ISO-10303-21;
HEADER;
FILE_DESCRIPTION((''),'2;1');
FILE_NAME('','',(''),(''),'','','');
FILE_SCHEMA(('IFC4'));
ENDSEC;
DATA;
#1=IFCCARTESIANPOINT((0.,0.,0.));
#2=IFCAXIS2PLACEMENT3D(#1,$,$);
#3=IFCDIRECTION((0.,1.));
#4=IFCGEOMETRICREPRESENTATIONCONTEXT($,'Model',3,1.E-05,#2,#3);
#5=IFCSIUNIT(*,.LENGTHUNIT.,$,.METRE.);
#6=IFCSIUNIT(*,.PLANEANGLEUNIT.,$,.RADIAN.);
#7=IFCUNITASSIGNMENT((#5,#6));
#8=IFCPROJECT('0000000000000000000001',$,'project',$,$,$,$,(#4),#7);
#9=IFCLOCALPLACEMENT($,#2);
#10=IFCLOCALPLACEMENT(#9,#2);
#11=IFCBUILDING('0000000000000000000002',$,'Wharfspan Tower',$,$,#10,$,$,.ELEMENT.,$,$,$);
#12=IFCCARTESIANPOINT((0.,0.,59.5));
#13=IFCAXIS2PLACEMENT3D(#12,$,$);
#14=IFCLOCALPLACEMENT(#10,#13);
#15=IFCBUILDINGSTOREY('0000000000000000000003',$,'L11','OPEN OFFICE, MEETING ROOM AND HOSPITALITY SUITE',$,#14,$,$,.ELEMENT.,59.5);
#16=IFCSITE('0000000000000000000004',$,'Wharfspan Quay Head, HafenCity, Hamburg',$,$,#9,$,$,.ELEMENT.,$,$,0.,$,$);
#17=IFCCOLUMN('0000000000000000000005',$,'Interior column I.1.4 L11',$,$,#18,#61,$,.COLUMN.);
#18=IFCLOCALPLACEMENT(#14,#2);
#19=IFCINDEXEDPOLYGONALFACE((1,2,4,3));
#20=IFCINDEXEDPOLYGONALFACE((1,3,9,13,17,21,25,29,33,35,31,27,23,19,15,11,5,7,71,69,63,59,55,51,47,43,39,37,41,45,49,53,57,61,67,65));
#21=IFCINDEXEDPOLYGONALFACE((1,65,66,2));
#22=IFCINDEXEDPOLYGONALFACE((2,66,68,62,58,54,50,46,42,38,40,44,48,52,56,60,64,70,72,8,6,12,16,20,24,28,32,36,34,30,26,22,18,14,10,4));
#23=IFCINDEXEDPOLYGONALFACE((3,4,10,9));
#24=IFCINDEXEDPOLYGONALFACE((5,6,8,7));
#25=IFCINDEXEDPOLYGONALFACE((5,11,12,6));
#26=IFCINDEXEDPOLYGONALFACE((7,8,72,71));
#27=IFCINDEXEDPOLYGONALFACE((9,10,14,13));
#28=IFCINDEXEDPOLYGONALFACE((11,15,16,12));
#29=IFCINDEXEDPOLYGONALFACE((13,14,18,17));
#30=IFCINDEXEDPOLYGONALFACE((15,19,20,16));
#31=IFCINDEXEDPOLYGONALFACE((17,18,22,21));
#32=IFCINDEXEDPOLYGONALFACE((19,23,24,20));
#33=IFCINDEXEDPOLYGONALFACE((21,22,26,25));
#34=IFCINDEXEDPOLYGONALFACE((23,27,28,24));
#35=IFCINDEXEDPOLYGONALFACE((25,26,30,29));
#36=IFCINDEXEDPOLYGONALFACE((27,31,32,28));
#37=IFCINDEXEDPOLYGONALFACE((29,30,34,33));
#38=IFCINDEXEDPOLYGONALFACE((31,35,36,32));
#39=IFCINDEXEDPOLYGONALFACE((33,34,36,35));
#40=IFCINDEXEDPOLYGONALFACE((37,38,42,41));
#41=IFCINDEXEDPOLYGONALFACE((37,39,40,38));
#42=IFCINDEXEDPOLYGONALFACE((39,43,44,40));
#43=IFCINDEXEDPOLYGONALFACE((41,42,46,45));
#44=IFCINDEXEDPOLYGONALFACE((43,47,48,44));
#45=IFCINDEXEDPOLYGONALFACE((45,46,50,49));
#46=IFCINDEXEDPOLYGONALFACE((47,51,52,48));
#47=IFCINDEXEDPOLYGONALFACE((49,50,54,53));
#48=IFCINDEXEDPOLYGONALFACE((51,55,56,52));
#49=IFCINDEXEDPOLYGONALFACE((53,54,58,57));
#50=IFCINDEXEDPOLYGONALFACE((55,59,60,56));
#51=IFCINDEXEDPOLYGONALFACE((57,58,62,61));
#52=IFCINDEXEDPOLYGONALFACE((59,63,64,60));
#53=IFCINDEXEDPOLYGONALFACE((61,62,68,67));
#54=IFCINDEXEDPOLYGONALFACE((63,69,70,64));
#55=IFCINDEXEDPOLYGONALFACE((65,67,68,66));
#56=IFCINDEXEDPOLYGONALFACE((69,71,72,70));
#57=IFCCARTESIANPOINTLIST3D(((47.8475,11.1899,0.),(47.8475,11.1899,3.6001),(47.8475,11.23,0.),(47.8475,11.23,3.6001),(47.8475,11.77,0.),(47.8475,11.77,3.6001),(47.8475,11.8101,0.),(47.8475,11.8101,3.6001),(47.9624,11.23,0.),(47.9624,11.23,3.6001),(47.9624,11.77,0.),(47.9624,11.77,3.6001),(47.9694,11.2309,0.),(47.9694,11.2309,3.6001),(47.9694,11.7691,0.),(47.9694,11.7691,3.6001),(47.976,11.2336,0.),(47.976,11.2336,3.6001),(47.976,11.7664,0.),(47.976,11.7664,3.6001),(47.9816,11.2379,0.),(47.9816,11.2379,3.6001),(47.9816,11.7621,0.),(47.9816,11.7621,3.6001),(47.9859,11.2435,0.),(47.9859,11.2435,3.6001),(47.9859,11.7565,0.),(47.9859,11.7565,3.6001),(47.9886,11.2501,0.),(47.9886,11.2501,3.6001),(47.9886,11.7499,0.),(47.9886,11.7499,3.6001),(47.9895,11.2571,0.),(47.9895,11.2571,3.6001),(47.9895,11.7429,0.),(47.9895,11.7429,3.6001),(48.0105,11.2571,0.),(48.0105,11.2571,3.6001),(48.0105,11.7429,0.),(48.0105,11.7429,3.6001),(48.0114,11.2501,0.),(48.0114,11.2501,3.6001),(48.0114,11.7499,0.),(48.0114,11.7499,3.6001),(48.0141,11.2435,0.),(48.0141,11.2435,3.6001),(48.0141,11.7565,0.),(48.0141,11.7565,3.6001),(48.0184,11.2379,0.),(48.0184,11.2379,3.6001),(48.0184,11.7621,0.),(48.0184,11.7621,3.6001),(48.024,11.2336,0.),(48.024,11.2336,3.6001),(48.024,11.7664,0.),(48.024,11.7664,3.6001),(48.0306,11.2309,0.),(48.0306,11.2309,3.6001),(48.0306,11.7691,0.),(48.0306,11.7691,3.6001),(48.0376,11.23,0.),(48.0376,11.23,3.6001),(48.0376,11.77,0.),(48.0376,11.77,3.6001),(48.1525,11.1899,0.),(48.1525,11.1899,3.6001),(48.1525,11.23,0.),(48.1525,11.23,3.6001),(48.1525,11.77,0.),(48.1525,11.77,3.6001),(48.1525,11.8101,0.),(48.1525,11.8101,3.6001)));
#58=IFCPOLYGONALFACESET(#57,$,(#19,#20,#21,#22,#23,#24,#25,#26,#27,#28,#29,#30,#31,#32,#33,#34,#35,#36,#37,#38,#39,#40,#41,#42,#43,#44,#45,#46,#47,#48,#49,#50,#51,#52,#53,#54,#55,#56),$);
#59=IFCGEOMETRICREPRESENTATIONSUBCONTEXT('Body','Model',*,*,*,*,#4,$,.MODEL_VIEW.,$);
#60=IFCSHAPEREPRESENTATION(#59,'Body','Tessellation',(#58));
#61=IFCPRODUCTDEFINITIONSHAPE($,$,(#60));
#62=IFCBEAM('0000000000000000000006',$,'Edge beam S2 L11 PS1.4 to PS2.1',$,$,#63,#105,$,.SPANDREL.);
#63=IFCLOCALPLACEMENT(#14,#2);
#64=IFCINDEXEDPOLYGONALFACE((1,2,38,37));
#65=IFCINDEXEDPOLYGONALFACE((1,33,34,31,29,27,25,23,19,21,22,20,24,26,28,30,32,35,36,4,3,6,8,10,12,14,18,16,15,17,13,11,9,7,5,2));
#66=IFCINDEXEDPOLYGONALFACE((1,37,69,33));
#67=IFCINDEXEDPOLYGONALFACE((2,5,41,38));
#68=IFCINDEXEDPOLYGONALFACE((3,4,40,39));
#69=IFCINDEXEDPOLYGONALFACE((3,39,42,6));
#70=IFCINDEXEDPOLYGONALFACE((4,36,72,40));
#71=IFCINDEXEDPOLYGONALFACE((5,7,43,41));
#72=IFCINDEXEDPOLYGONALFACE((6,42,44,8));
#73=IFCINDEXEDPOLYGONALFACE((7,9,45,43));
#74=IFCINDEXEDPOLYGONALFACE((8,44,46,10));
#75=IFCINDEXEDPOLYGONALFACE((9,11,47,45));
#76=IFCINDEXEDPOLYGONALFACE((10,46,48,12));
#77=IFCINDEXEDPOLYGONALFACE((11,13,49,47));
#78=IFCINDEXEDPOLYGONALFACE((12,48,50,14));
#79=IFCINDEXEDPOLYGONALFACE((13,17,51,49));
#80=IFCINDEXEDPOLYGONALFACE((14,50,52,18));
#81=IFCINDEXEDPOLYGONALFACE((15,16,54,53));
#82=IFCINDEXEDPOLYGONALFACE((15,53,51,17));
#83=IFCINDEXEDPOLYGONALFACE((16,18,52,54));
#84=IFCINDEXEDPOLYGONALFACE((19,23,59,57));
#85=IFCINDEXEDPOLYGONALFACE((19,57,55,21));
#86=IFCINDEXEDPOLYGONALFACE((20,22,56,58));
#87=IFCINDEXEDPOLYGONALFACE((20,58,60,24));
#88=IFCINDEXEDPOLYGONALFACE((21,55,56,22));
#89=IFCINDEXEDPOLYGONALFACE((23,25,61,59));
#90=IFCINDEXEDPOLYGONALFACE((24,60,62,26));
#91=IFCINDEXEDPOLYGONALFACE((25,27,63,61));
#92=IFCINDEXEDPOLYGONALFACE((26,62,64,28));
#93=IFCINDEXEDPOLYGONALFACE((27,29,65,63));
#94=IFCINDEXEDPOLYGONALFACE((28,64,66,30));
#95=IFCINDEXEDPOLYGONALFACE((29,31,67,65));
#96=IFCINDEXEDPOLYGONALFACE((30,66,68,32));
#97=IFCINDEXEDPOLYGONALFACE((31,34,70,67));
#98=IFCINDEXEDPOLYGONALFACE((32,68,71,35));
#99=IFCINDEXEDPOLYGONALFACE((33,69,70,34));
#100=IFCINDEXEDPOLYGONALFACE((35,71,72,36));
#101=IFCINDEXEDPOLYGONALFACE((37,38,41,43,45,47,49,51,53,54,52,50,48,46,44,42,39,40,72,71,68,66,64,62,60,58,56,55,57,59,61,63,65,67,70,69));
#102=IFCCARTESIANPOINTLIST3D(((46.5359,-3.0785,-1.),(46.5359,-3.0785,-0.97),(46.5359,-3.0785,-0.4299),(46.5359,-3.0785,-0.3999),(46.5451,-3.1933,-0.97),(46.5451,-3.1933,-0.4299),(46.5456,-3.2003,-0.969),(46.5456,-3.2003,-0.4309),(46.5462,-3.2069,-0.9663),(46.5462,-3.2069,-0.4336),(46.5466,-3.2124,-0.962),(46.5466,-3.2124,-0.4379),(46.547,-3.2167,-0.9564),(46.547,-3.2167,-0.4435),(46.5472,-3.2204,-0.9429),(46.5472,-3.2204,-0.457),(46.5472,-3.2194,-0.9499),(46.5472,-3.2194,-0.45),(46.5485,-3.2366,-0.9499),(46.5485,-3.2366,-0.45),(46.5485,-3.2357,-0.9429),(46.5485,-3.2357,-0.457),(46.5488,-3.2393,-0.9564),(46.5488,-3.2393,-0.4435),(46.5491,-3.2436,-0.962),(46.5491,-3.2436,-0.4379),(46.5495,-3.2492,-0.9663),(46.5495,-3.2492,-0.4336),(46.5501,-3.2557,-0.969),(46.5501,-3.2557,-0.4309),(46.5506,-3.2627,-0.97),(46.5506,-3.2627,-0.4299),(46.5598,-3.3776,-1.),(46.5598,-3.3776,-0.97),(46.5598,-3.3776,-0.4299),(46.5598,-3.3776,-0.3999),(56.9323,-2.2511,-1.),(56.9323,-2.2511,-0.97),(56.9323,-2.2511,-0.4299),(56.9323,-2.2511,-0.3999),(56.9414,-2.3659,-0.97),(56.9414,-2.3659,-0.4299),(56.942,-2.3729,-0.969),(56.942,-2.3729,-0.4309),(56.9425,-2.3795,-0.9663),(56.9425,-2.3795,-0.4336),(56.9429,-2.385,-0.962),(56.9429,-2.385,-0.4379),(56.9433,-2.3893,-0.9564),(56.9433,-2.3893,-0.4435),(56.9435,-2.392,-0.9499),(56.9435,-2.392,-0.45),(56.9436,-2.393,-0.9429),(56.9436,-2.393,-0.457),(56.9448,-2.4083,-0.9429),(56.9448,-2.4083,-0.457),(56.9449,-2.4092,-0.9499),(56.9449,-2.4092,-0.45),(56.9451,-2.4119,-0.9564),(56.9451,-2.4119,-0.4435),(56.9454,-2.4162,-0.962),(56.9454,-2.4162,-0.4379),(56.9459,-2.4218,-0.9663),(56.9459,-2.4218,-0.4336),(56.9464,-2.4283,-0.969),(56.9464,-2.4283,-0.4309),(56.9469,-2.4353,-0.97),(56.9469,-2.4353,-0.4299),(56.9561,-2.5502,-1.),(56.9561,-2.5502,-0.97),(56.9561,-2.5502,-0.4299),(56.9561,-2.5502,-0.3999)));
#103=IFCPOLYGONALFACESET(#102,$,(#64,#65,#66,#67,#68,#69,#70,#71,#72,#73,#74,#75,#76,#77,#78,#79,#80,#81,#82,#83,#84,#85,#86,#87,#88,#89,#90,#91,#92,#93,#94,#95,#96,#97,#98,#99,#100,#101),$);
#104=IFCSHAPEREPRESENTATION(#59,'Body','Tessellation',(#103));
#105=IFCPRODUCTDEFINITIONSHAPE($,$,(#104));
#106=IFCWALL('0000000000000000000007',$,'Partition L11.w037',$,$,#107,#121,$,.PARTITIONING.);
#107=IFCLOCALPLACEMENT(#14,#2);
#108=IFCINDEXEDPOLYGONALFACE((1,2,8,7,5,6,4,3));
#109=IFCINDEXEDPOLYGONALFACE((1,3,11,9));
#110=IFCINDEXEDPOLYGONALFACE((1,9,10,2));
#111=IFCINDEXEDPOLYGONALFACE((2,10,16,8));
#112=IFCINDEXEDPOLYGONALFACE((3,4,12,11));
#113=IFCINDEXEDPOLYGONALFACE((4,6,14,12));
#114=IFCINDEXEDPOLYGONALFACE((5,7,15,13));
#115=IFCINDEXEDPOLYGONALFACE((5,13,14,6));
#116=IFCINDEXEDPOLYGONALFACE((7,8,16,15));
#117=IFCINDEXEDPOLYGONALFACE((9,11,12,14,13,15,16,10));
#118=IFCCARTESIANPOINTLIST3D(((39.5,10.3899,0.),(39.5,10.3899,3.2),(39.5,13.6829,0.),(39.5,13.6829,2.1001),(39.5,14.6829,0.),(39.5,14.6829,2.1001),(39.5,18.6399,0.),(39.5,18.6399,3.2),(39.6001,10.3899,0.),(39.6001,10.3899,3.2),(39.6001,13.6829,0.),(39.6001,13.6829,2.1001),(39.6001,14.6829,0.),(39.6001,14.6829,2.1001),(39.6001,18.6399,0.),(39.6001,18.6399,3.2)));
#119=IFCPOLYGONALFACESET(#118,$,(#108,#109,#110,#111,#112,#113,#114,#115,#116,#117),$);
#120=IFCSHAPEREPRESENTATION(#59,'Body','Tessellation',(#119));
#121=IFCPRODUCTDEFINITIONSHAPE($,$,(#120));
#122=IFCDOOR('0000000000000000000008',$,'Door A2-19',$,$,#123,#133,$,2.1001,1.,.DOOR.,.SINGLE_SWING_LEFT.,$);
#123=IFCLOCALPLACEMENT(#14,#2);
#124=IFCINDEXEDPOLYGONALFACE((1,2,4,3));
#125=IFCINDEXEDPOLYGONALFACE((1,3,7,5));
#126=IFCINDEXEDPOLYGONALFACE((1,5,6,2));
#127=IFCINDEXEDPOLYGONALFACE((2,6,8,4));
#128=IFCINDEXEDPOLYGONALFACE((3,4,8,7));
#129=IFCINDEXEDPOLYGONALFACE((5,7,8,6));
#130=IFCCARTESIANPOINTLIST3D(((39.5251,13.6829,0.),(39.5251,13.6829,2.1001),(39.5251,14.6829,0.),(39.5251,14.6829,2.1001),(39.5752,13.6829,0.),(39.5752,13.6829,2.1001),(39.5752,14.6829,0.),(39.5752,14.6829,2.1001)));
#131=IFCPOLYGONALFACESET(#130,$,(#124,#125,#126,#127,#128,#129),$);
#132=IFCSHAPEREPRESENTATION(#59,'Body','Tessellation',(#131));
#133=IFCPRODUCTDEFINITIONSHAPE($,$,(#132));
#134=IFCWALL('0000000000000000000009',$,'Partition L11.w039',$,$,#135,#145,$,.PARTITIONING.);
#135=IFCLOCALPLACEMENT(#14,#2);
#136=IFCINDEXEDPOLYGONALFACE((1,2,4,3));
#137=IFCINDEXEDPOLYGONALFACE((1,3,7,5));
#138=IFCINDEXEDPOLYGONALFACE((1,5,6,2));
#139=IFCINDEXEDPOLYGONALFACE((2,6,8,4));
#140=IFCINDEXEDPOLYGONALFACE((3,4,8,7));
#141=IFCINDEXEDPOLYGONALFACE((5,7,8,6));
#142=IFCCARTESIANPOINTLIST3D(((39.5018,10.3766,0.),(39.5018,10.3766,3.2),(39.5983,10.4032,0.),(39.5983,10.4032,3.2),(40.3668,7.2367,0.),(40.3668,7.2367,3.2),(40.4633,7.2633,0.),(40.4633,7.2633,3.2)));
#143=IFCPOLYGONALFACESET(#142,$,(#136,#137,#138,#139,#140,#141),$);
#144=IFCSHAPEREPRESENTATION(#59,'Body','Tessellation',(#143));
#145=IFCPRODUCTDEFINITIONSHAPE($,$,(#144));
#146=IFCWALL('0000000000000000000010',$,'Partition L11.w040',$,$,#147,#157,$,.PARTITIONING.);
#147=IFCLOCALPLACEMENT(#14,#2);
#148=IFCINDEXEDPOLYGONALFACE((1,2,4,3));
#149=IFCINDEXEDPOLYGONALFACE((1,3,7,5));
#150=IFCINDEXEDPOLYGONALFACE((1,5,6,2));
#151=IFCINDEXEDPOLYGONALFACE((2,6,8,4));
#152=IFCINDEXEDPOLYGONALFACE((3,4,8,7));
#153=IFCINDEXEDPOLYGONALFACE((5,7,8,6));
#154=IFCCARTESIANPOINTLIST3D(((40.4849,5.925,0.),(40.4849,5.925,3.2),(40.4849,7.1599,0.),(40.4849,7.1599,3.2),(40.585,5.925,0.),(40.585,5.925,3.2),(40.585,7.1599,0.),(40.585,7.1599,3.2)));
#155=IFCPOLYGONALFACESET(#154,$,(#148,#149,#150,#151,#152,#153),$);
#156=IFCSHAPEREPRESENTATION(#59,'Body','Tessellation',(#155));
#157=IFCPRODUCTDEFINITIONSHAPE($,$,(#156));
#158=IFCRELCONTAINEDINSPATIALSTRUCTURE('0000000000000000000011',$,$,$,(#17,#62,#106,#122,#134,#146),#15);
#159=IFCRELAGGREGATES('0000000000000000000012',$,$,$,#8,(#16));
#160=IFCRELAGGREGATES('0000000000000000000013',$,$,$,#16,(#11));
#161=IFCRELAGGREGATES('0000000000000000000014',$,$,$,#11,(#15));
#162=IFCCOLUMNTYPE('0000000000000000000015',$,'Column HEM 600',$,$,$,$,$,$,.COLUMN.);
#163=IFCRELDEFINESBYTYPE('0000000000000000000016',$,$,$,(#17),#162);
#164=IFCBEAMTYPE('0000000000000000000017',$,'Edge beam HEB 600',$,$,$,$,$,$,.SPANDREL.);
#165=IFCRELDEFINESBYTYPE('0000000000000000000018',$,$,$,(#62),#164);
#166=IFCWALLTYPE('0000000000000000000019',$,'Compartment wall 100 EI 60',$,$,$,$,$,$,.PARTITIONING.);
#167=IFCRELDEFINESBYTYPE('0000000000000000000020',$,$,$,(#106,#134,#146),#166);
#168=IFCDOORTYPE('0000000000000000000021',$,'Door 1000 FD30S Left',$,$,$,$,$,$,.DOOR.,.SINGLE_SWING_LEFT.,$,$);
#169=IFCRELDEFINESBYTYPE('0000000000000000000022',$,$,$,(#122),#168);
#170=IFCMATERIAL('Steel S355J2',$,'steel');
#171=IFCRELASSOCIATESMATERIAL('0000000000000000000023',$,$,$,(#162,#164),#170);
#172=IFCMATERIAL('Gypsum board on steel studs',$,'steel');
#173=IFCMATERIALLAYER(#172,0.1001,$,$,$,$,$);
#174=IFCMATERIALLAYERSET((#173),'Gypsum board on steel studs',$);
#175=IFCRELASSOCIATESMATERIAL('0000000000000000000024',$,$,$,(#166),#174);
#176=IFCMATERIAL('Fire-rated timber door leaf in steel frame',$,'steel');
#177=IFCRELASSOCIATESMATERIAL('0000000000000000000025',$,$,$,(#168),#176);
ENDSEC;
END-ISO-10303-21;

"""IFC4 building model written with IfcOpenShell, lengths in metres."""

from ifc_helpers import new_model, si_unit, direction, frame, frame_2d, origin, origin_2d, place, context, subcontext, project, spatial, rectangle, i_section, extrude, material, layer, layer_set, material_profile, profile_set, type_object, element, fill, save


model = new_model("IFC4")

# Units and contexts
model_context = context("Model", 3, precision=1e-05, world=origin(), true_north=direction((0.0, 1.0)))
body_context = subcontext(model_context, "Body", "Model", "MODEL_VIEW")
ifc_project = project(units=[si_unit("LENGTHUNIT", "METRE"), si_unit("PLANEANGLEUNIT", "RADIAN")], contexts=[model_context])

# Site, building, storey
site_placement = place(None, origin())
site = spatial("IfcSite", under=ifc_project, at=site_placement, Name="Wharfspan Quay Head, HafenCity, Hamburg", CompositionType="ELEMENT", RefElevation=0.0)
building_placement = place(site_placement, origin())
building = spatial("IfcBuilding", under=site, at=building_placement, Name="Wharfspan Tower", CompositionType="ELEMENT")
storey_placement = place(building_placement, frame((0.0, 0.0, 59.5)))
storey = spatial("IfcBuildingStorey", under=building, at=storey_placement, Name="L11", Description="OPEN OFFICE, MEETING ROOM AND HOSPITALITY SUITE", CompositionType="ELEMENT", Elevation=59.5)

# Column
ifc_material_1 = material(Name="Steel S355J2", Category="steel")
ifc_material_profile_1 = material_profile(ifc_material_1, i_section(OverallWidth=0.3049, OverallDepth=0.6201, WebThickness=0.021, FlangeThickness=0.04, FilletRadius=0.0271, at=origin_2d()))
ifc_profile_set_1 = profile_set([ifc_material_profile_1], Name="Steel S355J2")
column_type = type_object("IfcColumnType", Name="Column HEM 600", PredefinedType="COLUMN", material=ifc_profile_set_1)
column_placement = place(storey_placement, frame((48.0, 11.5, 0.0), z_axis=(0.0, 0.0, 1.0), x_axis=(1.0, 0.0, 0.0)))
element("IfcColumn", 1, at=column_placement, inside=storey, type_object=column_type, Name="Interior column I.1.4 L11", PredefinedType="COLUMN", context=body_context, shape_type="SweptSolid", body=[
    extrude(i_section(OverallWidth=0.3049, OverallDepth=0.6201, WebThickness=0.021, FlangeThickness=0.04, FilletRadius=0.0271, at=origin_2d()), origin(), (0.0, 0.0, 1.0), 3.6001),
])

# Beam
ifc_material_profile_2 = material_profile(ifc_material_1, i_section(OverallWidth=0.3, OverallDepth=0.6001, WebThickness=0.0154, FlangeThickness=0.03, FilletRadius=0.0271, at=origin_2d()))
ifc_profile_set_2 = profile_set([ifc_material_profile_2], Name="Steel S355J2")
beam_type = type_object("IfcBeamType", Name="Edge beam HEB 600", PredefinedType="SPANDREL", material=ifc_profile_set_2)
beam_placement = place(storey_placement, frame((46.5479, -3.228, -0.7), z_axis=(0.996848, 0.079335, 0.0), x_axis=(-0.079335, 0.996848, 0.0)))
element("IfcBeam", 2, at=beam_placement, inside=storey, type_object=beam_type, Name="Edge beam S2 L11 PS1.4 to PS2.1", PredefinedType="SPANDREL", context=body_context, shape_type="SweptSolid", body=[
    extrude(i_section(OverallWidth=0.3, OverallDepth=0.6001, WebThickness=0.0154, FlangeThickness=0.03, FilletRadius=0.0271, at=origin_2d()), origin(), (0.0, 0.0, 1.0), 10.4292),
])

# Wall, opening, door
ifc_material_2 = material(Name="Gypsum board on steel studs", Category="steel")
ifc_layer_1 = layer(ifc_material_2, 0.1001)
ifc_layer_set_1 = layer_set([ifc_layer_1], Name="Gypsum board on steel studs")
wall_type_1 = type_object("IfcWallType", Name="Compartment wall 100 EI 60", PredefinedType="PARTITIONING", material=ifc_layer_set_1)
wall_1_placement = place(storey_placement, frame((39.55, 10.3899, 0.0), z_axis=(0.0, 0.0, 1.0), x_axis=(0.0, 1.0, 0.0)))
wall_1 = element("IfcWall", 3, at=wall_1_placement, inside=storey, type_object=wall_type_1, Name="Partition L11.w037", PredefinedType="PARTITIONING", context=body_context, shape_type="SweptSolid", body=[
    extrude(rectangle(XDim=8.25, YDim=0.1001, at=frame_2d((4.125, 0.0))), origin(), (0.0, 0.0, 1.0), 3.2),
])
opening_1_placement = place(wall_1_placement, frame((3.293, 0.0, 0.0)))
opening_1 = element("IfcOpeningElement", 4, at=opening_1_placement, cuts=wall_1, PredefinedType="OPENING", context=body_context, shape_type="SweptSolid", body=[
    extrude(rectangle(XDim=1.0, YDim=2.1001, at=frame_2d((0.5, 1.05))), frame((0.0, 0.0601, 0.0), z_axis=(0.0, -1.0, 0.0), x_axis=(1.0, 0.0, 0.0)), (0.0, 0.0, 1.0), 0.1201),
])
ifc_material_3 = material(Name="Fire-rated timber door leaf in steel frame", Category="steel")
door_type_1 = type_object("IfcDoorType", Name="Door 1000 FD30S Left", OperationType="SINGLE_SWING_LEFT", PredefinedType="DOOR", material=ifc_material_3)
door_1_placement = place(opening_1_placement, origin())
door_1 = element("IfcDoor", 5, at=door_1_placement, inside=storey, type_object=door_type_1, Name="Door A2-19", OperationType="SINGLE_SWING_LEFT", OverallHeight=2.1001, OverallWidth=1.0, PredefinedType="DOOR", context=body_context, shape_type="SweptSolid", body=[
    extrude(rectangle(XDim=1.0, YDim=2.1001, at=frame_2d((0.5, 1.05))), frame((0.0, 0.0249, 0.0), z_axis=(0.0, -1.0, 0.0), x_axis=(1.0, 0.0, 0.0)), (0.0, 0.0, 1.0), 0.05),
])
fill(opening_1, door_1)

# Walls
wall_2_placement = place(storey_placement, frame((40.415, 7.25, 0.0), z_axis=(0.0, 0.0, 1.0), x_axis=(-0.26559, 0.964085, 0.0)))
element("IfcWall", 6, at=wall_2_placement, inside=storey, type_object=wall_type_1, Name="Partition L11.w039", PredefinedType="PARTITIONING", context=body_context, shape_type="SweptSolid", body=[
    extrude(rectangle(XDim=3.2568, YDim=0.1001, at=frame_2d((1.6284, 0.0))), origin(), (0.0, 0.0, 1.0), 3.2),
])
wall_3_placement = place(storey_placement, frame((40.5349, 5.925, 0.0), z_axis=(0.0, 0.0, 1.0), x_axis=(0.0, 1.0, 0.0)))
element("IfcWall", 7, at=wall_3_placement, inside=storey, type_object=wall_type_1, Name="Partition L11.w040", PredefinedType="PARTITIONING", context=body_context, shape_type="SweptSolid", body=[
    extrude(rectangle(XDim=1.2349, YDim=0.1001, at=frame_2d((0.6174, 0.0))), origin(), (0.0, 0.0, 1.0), 3.2),
])

save(model, "model.ifc")
